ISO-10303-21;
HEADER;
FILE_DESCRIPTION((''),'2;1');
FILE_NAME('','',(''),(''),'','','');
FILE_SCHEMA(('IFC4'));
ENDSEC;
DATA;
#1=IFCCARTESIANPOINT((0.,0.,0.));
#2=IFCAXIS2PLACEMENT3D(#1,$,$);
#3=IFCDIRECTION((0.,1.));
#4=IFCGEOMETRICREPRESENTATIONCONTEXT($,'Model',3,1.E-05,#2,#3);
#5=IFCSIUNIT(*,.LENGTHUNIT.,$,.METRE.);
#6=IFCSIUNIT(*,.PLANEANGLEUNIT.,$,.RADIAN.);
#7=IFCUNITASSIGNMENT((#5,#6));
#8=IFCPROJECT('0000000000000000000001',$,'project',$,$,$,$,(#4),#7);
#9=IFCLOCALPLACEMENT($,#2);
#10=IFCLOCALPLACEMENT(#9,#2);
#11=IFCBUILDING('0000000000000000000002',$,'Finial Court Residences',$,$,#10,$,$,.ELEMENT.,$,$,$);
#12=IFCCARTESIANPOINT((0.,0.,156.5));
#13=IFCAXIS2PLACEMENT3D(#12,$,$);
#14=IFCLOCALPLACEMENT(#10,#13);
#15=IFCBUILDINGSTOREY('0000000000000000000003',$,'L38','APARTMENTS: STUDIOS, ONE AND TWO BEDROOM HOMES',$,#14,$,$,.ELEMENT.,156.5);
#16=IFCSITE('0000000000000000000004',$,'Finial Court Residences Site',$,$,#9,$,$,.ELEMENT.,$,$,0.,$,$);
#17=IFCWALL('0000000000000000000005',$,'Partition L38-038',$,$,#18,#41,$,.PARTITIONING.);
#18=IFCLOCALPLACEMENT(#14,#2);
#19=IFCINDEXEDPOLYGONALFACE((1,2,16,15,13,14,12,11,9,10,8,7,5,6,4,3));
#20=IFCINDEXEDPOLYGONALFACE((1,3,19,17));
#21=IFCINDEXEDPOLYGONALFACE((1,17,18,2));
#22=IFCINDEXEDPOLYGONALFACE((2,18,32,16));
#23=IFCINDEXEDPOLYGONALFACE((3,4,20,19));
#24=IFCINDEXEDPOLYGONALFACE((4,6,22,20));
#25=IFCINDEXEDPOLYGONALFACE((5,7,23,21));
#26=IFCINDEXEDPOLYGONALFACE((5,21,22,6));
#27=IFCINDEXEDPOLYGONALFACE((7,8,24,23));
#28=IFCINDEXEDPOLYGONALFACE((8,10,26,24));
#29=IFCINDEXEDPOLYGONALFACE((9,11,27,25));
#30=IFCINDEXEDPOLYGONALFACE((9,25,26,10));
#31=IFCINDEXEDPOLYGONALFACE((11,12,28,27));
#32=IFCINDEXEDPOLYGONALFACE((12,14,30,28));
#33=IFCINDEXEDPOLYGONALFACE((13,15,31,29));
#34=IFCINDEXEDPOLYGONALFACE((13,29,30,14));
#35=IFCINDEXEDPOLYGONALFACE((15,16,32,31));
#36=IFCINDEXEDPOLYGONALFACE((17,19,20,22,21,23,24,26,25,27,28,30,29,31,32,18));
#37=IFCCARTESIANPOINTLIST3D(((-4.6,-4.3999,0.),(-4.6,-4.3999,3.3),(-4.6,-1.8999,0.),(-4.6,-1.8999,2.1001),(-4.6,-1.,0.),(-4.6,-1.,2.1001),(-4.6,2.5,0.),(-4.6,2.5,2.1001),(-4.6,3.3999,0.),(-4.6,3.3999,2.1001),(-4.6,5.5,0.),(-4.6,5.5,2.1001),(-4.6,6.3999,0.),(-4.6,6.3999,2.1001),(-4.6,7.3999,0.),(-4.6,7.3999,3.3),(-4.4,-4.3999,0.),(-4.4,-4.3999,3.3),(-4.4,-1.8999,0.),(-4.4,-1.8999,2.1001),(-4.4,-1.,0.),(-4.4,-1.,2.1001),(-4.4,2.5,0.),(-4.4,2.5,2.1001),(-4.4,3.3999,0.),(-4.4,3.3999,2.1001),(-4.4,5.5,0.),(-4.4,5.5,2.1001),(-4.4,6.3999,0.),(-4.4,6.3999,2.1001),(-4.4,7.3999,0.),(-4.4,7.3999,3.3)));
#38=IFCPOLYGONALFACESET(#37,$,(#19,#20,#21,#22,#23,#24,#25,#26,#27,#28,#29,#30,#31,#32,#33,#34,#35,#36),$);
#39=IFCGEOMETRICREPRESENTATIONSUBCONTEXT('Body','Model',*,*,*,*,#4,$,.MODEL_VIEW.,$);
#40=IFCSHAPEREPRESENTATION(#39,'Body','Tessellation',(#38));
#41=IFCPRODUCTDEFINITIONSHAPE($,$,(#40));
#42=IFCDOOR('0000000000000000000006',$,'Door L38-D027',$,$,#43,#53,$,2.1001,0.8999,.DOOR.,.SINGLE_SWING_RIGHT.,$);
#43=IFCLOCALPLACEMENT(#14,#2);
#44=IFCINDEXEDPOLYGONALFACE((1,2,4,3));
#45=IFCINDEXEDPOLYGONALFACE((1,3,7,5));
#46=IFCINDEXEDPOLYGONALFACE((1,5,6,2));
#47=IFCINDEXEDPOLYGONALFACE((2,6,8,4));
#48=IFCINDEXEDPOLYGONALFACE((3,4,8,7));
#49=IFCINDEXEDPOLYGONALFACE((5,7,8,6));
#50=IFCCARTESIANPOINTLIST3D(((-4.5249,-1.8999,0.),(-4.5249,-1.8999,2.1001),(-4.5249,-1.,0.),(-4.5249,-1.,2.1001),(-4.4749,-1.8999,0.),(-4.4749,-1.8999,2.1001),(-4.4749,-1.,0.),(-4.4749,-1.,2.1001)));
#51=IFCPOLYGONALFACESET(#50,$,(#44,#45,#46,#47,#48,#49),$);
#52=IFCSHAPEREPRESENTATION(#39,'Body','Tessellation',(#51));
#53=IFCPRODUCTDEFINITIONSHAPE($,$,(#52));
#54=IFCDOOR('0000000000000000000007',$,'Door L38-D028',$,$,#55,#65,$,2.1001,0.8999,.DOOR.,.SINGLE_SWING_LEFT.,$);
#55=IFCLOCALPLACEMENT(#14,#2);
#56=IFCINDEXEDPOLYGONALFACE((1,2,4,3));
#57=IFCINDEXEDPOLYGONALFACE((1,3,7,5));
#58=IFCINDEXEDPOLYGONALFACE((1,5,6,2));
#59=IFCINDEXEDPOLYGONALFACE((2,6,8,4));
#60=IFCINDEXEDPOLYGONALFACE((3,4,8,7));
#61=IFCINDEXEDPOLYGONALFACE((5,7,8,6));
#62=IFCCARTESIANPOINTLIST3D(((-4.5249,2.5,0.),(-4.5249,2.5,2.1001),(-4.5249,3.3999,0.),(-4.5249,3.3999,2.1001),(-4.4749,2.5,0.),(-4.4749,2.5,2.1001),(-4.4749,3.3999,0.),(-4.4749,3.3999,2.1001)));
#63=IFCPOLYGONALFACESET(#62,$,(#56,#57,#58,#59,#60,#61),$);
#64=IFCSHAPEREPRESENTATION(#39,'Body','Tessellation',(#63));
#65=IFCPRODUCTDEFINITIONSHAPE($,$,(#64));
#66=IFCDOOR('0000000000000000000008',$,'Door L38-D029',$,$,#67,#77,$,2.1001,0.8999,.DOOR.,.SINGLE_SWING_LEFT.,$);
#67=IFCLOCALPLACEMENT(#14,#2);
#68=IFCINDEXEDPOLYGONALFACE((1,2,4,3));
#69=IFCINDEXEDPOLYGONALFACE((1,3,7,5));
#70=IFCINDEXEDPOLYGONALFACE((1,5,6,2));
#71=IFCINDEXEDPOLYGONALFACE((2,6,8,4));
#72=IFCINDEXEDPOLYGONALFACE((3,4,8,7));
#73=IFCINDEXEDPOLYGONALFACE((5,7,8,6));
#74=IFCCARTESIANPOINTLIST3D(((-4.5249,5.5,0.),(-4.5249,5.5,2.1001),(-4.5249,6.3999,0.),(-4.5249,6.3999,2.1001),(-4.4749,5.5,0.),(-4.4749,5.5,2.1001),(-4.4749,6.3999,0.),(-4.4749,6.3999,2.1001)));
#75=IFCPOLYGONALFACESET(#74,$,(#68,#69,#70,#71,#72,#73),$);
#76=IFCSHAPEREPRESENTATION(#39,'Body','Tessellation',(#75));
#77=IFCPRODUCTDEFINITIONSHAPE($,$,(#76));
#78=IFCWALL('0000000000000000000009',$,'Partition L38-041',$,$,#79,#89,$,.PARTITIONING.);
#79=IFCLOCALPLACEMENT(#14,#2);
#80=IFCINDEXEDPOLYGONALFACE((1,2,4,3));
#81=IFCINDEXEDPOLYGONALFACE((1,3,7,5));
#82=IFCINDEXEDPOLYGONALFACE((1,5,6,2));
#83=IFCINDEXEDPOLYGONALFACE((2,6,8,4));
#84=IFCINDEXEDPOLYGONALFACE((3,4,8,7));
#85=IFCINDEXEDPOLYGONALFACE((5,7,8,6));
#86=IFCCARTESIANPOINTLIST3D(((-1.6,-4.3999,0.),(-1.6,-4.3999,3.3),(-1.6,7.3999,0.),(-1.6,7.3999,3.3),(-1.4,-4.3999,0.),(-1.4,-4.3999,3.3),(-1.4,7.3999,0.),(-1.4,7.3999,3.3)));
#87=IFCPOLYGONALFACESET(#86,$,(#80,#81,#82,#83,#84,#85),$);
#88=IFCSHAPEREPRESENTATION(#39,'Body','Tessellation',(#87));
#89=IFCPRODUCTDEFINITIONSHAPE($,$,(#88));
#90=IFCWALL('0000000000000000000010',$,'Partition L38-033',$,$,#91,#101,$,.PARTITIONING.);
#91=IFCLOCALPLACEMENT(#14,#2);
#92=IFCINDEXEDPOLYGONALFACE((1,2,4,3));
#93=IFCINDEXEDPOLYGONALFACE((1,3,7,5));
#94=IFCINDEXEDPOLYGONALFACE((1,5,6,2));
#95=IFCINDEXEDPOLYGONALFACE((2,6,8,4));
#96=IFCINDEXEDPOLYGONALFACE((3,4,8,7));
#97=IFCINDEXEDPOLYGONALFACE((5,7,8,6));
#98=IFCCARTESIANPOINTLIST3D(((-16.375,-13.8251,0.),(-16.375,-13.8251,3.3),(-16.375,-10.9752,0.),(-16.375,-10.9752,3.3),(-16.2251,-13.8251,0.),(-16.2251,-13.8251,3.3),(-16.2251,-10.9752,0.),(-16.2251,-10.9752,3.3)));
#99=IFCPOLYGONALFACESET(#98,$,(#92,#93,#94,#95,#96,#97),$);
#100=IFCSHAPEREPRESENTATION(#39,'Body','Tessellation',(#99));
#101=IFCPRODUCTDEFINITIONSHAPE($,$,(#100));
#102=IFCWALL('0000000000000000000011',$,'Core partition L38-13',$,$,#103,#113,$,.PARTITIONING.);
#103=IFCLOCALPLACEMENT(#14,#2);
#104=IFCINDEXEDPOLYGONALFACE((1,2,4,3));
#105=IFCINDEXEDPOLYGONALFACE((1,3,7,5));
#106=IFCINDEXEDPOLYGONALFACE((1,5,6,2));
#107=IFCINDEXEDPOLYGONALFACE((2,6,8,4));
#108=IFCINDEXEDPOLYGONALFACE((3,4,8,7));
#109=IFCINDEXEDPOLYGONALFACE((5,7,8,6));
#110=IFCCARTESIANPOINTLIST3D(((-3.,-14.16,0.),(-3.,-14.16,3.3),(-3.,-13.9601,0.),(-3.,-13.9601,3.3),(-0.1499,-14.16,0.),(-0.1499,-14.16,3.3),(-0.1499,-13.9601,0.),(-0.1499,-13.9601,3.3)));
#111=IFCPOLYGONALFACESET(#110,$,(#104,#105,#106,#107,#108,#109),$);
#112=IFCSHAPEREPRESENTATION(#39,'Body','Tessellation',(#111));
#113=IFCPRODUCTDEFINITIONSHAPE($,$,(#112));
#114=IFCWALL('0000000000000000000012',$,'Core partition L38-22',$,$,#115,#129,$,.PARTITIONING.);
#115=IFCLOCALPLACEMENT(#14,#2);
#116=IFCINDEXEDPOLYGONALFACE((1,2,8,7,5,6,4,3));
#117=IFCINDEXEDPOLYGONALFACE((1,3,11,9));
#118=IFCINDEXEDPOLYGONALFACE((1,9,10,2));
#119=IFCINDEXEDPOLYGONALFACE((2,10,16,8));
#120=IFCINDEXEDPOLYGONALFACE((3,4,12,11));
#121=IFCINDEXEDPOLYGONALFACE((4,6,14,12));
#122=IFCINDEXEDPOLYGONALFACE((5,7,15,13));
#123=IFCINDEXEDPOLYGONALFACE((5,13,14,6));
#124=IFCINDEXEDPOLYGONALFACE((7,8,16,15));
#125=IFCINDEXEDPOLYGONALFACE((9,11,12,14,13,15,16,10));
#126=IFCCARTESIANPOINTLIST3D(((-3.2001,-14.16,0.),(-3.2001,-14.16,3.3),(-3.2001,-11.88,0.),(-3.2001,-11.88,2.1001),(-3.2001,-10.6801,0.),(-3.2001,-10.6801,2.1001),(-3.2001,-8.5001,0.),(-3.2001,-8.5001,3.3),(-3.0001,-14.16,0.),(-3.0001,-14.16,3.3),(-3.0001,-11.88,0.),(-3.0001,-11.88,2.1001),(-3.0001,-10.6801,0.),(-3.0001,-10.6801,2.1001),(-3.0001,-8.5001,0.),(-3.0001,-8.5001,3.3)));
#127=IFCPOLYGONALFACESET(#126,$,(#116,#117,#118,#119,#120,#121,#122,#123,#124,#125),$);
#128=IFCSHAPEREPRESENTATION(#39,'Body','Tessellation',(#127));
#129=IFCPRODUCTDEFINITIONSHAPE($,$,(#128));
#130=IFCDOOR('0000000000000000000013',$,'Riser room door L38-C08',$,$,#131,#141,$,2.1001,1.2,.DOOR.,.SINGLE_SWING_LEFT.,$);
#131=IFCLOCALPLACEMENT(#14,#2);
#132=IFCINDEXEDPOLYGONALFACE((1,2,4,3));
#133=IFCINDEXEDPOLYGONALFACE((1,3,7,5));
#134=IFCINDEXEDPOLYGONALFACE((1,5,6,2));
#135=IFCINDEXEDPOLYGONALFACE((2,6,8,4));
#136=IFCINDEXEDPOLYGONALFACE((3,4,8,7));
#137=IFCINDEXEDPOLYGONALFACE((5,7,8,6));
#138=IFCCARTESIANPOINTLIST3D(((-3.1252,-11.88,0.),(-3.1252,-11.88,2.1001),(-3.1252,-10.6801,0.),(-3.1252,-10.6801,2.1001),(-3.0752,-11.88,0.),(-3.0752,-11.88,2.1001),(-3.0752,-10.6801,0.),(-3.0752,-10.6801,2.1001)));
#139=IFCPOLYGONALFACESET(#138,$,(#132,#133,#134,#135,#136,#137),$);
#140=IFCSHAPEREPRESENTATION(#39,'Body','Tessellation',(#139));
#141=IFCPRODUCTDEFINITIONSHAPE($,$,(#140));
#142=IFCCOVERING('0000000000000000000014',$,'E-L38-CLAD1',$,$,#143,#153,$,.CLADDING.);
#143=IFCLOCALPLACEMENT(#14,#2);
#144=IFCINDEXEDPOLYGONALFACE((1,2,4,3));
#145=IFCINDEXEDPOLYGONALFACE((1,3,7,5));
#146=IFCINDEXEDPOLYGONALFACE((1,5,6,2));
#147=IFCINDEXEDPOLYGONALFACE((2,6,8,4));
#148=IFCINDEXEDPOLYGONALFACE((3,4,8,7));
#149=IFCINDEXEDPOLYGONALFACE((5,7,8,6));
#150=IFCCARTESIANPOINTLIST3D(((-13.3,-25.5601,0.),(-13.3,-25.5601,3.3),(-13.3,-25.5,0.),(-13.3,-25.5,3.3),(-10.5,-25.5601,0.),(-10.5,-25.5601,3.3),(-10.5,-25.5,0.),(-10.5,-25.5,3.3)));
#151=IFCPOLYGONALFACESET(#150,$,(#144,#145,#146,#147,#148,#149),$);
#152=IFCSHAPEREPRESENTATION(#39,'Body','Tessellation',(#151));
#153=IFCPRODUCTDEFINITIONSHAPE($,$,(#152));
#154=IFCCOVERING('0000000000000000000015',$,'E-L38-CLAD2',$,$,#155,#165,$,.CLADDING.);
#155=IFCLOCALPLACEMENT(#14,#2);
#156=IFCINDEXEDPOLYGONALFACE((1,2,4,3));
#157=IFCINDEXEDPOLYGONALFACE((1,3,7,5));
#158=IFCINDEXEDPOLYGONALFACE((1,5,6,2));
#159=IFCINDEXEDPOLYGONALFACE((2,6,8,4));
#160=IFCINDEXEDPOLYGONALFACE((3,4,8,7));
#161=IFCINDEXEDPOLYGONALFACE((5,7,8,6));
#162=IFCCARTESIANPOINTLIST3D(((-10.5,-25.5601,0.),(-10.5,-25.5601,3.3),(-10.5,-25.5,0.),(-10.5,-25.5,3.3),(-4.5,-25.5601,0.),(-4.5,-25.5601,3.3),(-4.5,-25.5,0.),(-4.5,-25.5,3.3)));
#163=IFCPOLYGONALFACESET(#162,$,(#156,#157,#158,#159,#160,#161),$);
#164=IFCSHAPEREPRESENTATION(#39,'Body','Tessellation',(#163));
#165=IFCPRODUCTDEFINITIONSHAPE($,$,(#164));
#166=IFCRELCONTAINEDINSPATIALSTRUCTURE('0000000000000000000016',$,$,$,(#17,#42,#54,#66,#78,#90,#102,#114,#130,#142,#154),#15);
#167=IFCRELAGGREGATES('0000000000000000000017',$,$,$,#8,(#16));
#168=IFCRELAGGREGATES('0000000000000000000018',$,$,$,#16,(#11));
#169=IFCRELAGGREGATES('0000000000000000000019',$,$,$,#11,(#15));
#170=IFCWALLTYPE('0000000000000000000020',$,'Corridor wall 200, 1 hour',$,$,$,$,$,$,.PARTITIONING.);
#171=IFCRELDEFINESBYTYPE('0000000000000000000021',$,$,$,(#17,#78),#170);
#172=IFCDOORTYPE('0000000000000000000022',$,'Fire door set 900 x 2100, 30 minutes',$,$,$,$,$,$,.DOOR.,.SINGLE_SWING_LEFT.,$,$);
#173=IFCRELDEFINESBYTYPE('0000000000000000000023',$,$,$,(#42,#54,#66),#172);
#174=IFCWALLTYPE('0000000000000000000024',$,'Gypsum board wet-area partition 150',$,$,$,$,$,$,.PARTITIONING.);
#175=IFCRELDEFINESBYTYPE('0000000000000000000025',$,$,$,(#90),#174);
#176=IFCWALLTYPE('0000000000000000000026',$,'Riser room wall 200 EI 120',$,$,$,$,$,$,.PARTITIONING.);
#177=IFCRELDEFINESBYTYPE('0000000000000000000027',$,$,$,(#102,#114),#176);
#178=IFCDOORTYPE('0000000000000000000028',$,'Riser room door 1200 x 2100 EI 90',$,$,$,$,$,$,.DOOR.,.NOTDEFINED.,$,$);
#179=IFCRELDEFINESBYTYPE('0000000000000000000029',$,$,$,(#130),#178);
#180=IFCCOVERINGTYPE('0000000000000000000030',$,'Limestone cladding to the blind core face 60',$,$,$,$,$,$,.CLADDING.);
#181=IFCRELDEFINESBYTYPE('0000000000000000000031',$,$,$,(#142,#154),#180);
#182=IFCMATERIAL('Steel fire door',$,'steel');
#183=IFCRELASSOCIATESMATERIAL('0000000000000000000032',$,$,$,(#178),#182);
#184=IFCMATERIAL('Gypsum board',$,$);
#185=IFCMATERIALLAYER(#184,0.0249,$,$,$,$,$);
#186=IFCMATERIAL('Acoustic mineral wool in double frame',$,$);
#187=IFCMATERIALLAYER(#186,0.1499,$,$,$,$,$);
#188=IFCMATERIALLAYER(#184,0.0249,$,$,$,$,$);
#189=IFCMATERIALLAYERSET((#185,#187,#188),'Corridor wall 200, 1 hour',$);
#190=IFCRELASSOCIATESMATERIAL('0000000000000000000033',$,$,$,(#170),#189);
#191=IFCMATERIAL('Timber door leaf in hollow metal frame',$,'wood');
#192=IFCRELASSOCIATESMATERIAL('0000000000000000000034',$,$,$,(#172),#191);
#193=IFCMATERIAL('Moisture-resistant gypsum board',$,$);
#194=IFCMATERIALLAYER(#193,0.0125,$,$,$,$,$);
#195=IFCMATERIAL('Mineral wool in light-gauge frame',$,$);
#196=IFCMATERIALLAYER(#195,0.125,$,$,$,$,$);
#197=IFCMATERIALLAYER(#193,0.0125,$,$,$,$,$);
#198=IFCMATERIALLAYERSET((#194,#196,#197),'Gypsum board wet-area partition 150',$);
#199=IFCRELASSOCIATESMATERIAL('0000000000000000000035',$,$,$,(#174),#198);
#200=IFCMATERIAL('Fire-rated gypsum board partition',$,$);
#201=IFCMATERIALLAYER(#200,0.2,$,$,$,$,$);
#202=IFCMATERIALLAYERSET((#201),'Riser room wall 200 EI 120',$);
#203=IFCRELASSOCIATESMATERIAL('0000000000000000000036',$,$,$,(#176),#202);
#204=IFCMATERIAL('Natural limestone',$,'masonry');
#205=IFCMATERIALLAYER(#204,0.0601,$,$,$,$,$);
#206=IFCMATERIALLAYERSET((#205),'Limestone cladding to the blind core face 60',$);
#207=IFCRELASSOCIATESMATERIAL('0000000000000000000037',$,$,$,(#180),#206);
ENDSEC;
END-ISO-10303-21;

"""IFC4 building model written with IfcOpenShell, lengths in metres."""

from ifc_helpers import new_model, si_unit, direction, frame, frame_2d, origin, place, context, subcontext, project, spatial, polyline, rectangle, outline, extrude, material, layer, layer_set, type_object, element, fill, save


model = new_model("IFC4")

# Units and contexts
model_context = context("Model", 3, precision=1e-05, world=origin(), true_north=direction((0.0, 1.0)))
body_context = subcontext(model_context, "Body", "Model", "MODEL_VIEW")
ifc_project = project(units=[si_unit("LENGTHUNIT", "METRE"), si_unit("PLANEANGLEUNIT", "RADIAN")], contexts=[model_context])

# Site, building, storey
site_placement = place(None, origin())
site = spatial("IfcSite", under=ifc_project, at=site_placement, Name="Finial Court Residences Site", CompositionType="ELEMENT", RefElevation=0.0)
building_placement = place(site_placement, origin())
building = spatial("IfcBuilding", under=site, at=building_placement, Name="Finial Court Residences", CompositionType="ELEMENT")
storey_placement = place(building_placement, frame((0.0, 0.0, 156.5)))
storey = spatial("IfcBuildingStorey", under=building, at=storey_placement, Name="L38", Description="APARTMENTS: STUDIOS, ONE AND TWO BEDROOM HOMES", CompositionType="ELEMENT", Elevation=156.5)

# Shared definitions
ifc_material_1 = material(Name="Steel fire door", Category="steel")
door_type_1 = type_object("IfcDoorType", Name="Riser room door 1200 x 2100 EI 90", OperationType="NOTDEFINED", PredefinedType="DOOR", material=ifc_material_1)

# Shared definitions
ifc_material_2 = material(Name="Fire-rated gypsum board partition")
ifc_material_3 = material(Name="Gypsum board")
ifc_layer_1 = layer(ifc_material_3, 0.0249)
ifc_material_4 = material(Name="Acoustic mineral wool in double frame")
ifc_layer_2 = layer(ifc_material_4, 0.1499)
ifc_layer_3 = layer(ifc_material_3, 0.0249)
ifc_layer_set_1 = layer_set([ifc_layer_1, ifc_layer_2, ifc_layer_3], Name="Corridor wall 200, 1 hour")
wall_type_1 = type_object("IfcWallType", Name="Corridor wall 200, 1 hour", PredefinedType="PARTITIONING", material=ifc_layer_set_1)
ifc_material_5 = material(Name="Timber door leaf in hollow metal frame", Category="wood")
door_type_2 = type_object("IfcDoorType", Name="Fire door set 900 x 2100, 30 minutes", OperationType="SINGLE_SWING_LEFT", PredefinedType="DOOR", material=ifc_material_5)

# Wall, openings, doors
wall_1_placement = place(storey_placement, frame((-4.5, -4.3999, 0.0), z_axis=(0.0, 0.0, 1.0), x_axis=(0.0, 1.0, 0.0)))
wall_1 = element("IfcWall", 1, at=wall_1_placement, inside=storey, type_object=wall_type_1, Name="Partition L38-038", PredefinedType="PARTITIONING", context=body_context, shape_type="SweptSolid", body=[
    extrude(rectangle(XDim=11.7998, YDim=0.2, at=frame_2d((5.8999, 0.0))), origin(), (0.0, 0.0, 1.0), 3.3),
])
opening_1_placement = place(wall_1_placement, frame((2.5, 0.0, 0.0)))
opening_1 = element("IfcOpeningElement", 2, at=opening_1_placement, cuts=wall_1, PredefinedType="OPENING", context=body_context, shape_type="SweptSolid", body=[
    extrude(rectangle(XDim=0.8999, YDim=2.1001, at=frame_2d((0.45, 1.05))), frame((0.0, 0.1099, 0.0), z_axis=(0.0, -1.0, 0.0), x_axis=(1.0, 0.0, 0.0)), (0.0, 0.0, 1.0), 0.22),
])
opening_2_placement = place(wall_1_placement, frame((6.8999, 0.0, 0.0)))
opening_2 = element("IfcOpeningElement", 3, at=opening_2_placement, cuts=wall_1, PredefinedType="OPENING", context=body_context, shape_type="SweptSolid", body=[
    extrude(rectangle(XDim=0.8999, YDim=2.1001, at=frame_2d((0.45, 1.05))), frame((0.0, 0.1099, 0.0), z_axis=(0.0, -1.0, 0.0), x_axis=(1.0, 0.0, 0.0)), (0.0, 0.0, 1.0), 0.22),
])
opening_3_placement = place(wall_1_placement, frame((9.8999, 0.0, 0.0)))
opening_3 = element("IfcOpeningElement", 4, at=opening_3_placement, cuts=wall_1, PredefinedType="OPENING", context=body_context, shape_type="SweptSolid", body=[
    extrude(rectangle(XDim=0.8999, YDim=2.1001, at=frame_2d((0.45, 1.05))), frame((0.0, 0.1099, 0.0), z_axis=(0.0, -1.0, 0.0), x_axis=(1.0, 0.0, 0.0)), (0.0, 0.0, 1.0), 0.22),
])
door_1_placement = place(opening_1_placement, origin())
door_1 = element("IfcDoor", 5, at=door_1_placement, inside=storey, type_object=door_type_2, Name="Door L38-D027", OperationType="SINGLE_SWING_RIGHT", OverallHeight=2.1001, OverallWidth=0.8999, PredefinedType="DOOR", context=body_context, shape_type="SweptSolid", body=[
    extrude(rectangle(XDim=0.8999, YDim=2.1001, at=frame_2d((0.45, 1.05))), frame((0.0, 0.0249, 0.0), z_axis=(0.0, -1.0, 0.0), x_axis=(1.0, 0.0, 0.0)), (0.0, 0.0, 1.0), 0.05),
])
fill(opening_1, door_1)
door_2_placement = place(opening_2_placement, origin())
door_2 = element("IfcDoor", 6, at=door_2_placement, inside=storey, type_object=door_type_2, Name="Door L38-D028", OperationType="SINGLE_SWING_LEFT", OverallHeight=2.1001, OverallWidth=0.8999, PredefinedType="DOOR", context=body_context, shape_type="SweptSolid", body=[
    extrude(rectangle(XDim=0.8999, YDim=2.1001, at=frame_2d((0.45, 1.05))), frame((0.0, 0.0249, 0.0), z_axis=(0.0, -1.0, 0.0), x_axis=(1.0, 0.0, 0.0)), (0.0, 0.0, 1.0), 0.05),
])
fill(opening_2, door_2)
door_3_placement = place(opening_3_placement, origin())
door_3 = element("IfcDoor", 7, at=door_3_placement, inside=storey, type_object=door_type_2, Name="Door L38-D029", OperationType="SINGLE_SWING_LEFT", OverallHeight=2.1001, OverallWidth=0.8999, PredefinedType="DOOR", context=body_context, shape_type="SweptSolid", body=[
    extrude(rectangle(XDim=0.8999, YDim=2.1001, at=frame_2d((0.45, 1.05))), frame((0.0, 0.0249, 0.0), z_axis=(0.0, -1.0, 0.0), x_axis=(1.0, 0.0, 0.0)), (0.0, 0.0, 1.0), 0.05),
])
fill(opening_3, door_3)

# Walls
wall_2_placement = place(storey_placement, frame((-1.5, -4.3999, 0.0), z_axis=(0.0, 0.0, 1.0), x_axis=(0.0, 1.0, 0.0)))
element("IfcWall", 8, at=wall_2_placement, inside=storey, type_object=wall_type_1, Name="Partition L38-041", PredefinedType="PARTITIONING", context=body_context, shape_type="SweptSolid", body=[
    extrude(rectangle(XDim=11.7998, YDim=0.2, at=frame_2d((5.8999, 0.0))), origin(), (0.0, 0.0, 1.0), 3.3),
])
ifc_material_6 = material(Name="Moisture-resistant gypsum board")
ifc_layer_4 = layer(ifc_material_6, 0.0125)
ifc_material_7 = material(Name="Mineral wool in light-gauge frame")
ifc_layer_5 = layer(ifc_material_7, 0.125)
ifc_layer_6 = layer(ifc_material_6, 0.0125)
ifc_layer_set_2 = layer_set([ifc_layer_4, ifc_layer_5, ifc_layer_6], Name="Gypsum board wet-area partition 150")
wall_type_2 = type_object("IfcWallType", Name="Gypsum board wet-area partition 150", PredefinedType="PARTITIONING", material=ifc_layer_set_2)
wall_3_placement = place(storey_placement, frame((-16.3, -13.825, 0.0), z_axis=(0.0, 0.0, 1.0), x_axis=(0.0, 1.0, 0.0)))
element("IfcWall", 9, at=wall_3_placement, inside=storey, type_object=wall_type_2, Name="Partition L38-033", PredefinedType="PARTITIONING", context=body_context, shape_type="SweptSolid", body=[
    extrude(rectangle(XDim=2.8499, YDim=0.1499, at=frame_2d((1.4248, 0.0))), origin(), (0.0, 0.0, 1.0), 3.3),
])
ifc_layer_7 = layer(ifc_material_2, 0.2)
ifc_layer_set_3 = layer_set([ifc_layer_7], Name="Riser room wall 200 EI 120")
wall_type_3 = type_object("IfcWallType", Name="Riser room wall 200 EI 120", PredefinedType="PARTITIONING", material=ifc_layer_set_3)
wall_4_placement = place(storey_placement, frame((-3.0, -14.0601, 0.0), z_axis=(0.0, 0.0, 1.0), x_axis=(1.0, 0.0, 0.0)))
element("IfcWall", 10, at=wall_4_placement, inside=storey, type_object=wall_type_3, Name="Core partition L38-13", PredefinedType="PARTITIONING", context=body_context, shape_type="SweptSolid", body=[
    extrude(rectangle(XDim=2.8501, YDim=0.2, at=frame_2d((1.425, 0.0))), origin(), (0.0, 0.0, 1.0), 3.3),
])

# Wall, opening, door
wall_5_placement = place(storey_placement, frame((-3.1001, -8.5, 0.0), z_axis=(0.0, 0.0, 1.0), x_axis=(0.0, -1.0, 0.0)))
wall_5 = element("IfcWall", 11, at=wall_5_placement, inside=storey, type_object=wall_type_3, Name="Core partition L38-22", PredefinedType="PARTITIONING", context=body_context, shape_type="SweptSolid", body=[
    extrude(rectangle(XDim=5.6599, YDim=0.2, at=frame_2d((2.8301, 0.0))), origin(), (0.0, 0.0, 1.0), 3.3),
])
opening_4_placement = place(wall_5_placement, frame((2.1799, 0.0, 0.0)))
opening_4 = element("IfcOpeningElement", 12, at=opening_4_placement, cuts=wall_5, PredefinedType="OPENING", context=body_context, shape_type="SweptSolid", body=[
    extrude(rectangle(XDim=1.2, YDim=2.1001, at=frame_2d((0.6001, 1.05))), frame((0.0, 0.1099, 0.0), z_axis=(0.0, -1.0, 0.0), x_axis=(1.0, 0.0, 0.0)), (0.0, 0.0, 1.0), 0.22),
])
door_4_placement = place(opening_4_placement, origin())
door_4 = element("IfcDoor", 13, at=door_4_placement, inside=storey, type_object=door_type_1, Name="Riser room door L38-C08", OperationType="SINGLE_SWING_LEFT", OverallHeight=2.1001, OverallWidth=1.2, PredefinedType="DOOR", context=body_context, shape_type="SweptSolid", body=[
    extrude(rectangle(XDim=1.2, YDim=2.1001, at=frame_2d((0.6001, 1.05))), frame((0.0, 0.0249, 0.0), z_axis=(0.0, -1.0, 0.0), x_axis=(1.0, 0.0, 0.0)), (0.0, 0.0, 1.0), 0.05),
])
fill(opening_4, door_4)

# Coverings
ifc_material_8 = material(Name="Natural limestone", Category="masonry")
ifc_layer_8 = layer(ifc_material_8, 0.0601)
ifc_layer_set_4 = layer_set([ifc_layer_8], Name="Limestone cladding to the blind core face 60")
covering_type = type_object("IfcCoveringType", Name="Limestone cladding to the blind core face 60", PredefinedType="CLADDING", material=ifc_layer_set_4)
covering_1_placement = place(storey_placement, origin())
element("IfcCovering", 14, at=covering_1_placement, inside=storey, type_object=covering_type, Name="E-L38-CLAD1", PredefinedType="CLADDING", context=body_context, shape_type="SweptSolid", body=[
    extrude(outline(polyline([(-10.5, -25.5601), (-10.5, -25.5), (-13.3, -25.5), (-13.3, -25.5601), (-10.5, -25.5601)])), origin(), (0.0, 0.0, 1.0), 3.3),
])
covering_2_placement = place(storey_placement, origin())
element("IfcCovering", 15, at=covering_2_placement, inside=storey, type_object=covering_type, Name="E-L38-CLAD2", PredefinedType="CLADDING", context=body_context, shape_type="SweptSolid", body=[
    extrude(outline(polyline([(-4.5, -25.5601), (-4.5, -25.5), (-10.5, -25.5), (-10.5, -25.5601), (-4.5, -25.5601)])), origin(), (0.0, 0.0, 1.0), 3.3),
])

save(model, "model.ifc")
